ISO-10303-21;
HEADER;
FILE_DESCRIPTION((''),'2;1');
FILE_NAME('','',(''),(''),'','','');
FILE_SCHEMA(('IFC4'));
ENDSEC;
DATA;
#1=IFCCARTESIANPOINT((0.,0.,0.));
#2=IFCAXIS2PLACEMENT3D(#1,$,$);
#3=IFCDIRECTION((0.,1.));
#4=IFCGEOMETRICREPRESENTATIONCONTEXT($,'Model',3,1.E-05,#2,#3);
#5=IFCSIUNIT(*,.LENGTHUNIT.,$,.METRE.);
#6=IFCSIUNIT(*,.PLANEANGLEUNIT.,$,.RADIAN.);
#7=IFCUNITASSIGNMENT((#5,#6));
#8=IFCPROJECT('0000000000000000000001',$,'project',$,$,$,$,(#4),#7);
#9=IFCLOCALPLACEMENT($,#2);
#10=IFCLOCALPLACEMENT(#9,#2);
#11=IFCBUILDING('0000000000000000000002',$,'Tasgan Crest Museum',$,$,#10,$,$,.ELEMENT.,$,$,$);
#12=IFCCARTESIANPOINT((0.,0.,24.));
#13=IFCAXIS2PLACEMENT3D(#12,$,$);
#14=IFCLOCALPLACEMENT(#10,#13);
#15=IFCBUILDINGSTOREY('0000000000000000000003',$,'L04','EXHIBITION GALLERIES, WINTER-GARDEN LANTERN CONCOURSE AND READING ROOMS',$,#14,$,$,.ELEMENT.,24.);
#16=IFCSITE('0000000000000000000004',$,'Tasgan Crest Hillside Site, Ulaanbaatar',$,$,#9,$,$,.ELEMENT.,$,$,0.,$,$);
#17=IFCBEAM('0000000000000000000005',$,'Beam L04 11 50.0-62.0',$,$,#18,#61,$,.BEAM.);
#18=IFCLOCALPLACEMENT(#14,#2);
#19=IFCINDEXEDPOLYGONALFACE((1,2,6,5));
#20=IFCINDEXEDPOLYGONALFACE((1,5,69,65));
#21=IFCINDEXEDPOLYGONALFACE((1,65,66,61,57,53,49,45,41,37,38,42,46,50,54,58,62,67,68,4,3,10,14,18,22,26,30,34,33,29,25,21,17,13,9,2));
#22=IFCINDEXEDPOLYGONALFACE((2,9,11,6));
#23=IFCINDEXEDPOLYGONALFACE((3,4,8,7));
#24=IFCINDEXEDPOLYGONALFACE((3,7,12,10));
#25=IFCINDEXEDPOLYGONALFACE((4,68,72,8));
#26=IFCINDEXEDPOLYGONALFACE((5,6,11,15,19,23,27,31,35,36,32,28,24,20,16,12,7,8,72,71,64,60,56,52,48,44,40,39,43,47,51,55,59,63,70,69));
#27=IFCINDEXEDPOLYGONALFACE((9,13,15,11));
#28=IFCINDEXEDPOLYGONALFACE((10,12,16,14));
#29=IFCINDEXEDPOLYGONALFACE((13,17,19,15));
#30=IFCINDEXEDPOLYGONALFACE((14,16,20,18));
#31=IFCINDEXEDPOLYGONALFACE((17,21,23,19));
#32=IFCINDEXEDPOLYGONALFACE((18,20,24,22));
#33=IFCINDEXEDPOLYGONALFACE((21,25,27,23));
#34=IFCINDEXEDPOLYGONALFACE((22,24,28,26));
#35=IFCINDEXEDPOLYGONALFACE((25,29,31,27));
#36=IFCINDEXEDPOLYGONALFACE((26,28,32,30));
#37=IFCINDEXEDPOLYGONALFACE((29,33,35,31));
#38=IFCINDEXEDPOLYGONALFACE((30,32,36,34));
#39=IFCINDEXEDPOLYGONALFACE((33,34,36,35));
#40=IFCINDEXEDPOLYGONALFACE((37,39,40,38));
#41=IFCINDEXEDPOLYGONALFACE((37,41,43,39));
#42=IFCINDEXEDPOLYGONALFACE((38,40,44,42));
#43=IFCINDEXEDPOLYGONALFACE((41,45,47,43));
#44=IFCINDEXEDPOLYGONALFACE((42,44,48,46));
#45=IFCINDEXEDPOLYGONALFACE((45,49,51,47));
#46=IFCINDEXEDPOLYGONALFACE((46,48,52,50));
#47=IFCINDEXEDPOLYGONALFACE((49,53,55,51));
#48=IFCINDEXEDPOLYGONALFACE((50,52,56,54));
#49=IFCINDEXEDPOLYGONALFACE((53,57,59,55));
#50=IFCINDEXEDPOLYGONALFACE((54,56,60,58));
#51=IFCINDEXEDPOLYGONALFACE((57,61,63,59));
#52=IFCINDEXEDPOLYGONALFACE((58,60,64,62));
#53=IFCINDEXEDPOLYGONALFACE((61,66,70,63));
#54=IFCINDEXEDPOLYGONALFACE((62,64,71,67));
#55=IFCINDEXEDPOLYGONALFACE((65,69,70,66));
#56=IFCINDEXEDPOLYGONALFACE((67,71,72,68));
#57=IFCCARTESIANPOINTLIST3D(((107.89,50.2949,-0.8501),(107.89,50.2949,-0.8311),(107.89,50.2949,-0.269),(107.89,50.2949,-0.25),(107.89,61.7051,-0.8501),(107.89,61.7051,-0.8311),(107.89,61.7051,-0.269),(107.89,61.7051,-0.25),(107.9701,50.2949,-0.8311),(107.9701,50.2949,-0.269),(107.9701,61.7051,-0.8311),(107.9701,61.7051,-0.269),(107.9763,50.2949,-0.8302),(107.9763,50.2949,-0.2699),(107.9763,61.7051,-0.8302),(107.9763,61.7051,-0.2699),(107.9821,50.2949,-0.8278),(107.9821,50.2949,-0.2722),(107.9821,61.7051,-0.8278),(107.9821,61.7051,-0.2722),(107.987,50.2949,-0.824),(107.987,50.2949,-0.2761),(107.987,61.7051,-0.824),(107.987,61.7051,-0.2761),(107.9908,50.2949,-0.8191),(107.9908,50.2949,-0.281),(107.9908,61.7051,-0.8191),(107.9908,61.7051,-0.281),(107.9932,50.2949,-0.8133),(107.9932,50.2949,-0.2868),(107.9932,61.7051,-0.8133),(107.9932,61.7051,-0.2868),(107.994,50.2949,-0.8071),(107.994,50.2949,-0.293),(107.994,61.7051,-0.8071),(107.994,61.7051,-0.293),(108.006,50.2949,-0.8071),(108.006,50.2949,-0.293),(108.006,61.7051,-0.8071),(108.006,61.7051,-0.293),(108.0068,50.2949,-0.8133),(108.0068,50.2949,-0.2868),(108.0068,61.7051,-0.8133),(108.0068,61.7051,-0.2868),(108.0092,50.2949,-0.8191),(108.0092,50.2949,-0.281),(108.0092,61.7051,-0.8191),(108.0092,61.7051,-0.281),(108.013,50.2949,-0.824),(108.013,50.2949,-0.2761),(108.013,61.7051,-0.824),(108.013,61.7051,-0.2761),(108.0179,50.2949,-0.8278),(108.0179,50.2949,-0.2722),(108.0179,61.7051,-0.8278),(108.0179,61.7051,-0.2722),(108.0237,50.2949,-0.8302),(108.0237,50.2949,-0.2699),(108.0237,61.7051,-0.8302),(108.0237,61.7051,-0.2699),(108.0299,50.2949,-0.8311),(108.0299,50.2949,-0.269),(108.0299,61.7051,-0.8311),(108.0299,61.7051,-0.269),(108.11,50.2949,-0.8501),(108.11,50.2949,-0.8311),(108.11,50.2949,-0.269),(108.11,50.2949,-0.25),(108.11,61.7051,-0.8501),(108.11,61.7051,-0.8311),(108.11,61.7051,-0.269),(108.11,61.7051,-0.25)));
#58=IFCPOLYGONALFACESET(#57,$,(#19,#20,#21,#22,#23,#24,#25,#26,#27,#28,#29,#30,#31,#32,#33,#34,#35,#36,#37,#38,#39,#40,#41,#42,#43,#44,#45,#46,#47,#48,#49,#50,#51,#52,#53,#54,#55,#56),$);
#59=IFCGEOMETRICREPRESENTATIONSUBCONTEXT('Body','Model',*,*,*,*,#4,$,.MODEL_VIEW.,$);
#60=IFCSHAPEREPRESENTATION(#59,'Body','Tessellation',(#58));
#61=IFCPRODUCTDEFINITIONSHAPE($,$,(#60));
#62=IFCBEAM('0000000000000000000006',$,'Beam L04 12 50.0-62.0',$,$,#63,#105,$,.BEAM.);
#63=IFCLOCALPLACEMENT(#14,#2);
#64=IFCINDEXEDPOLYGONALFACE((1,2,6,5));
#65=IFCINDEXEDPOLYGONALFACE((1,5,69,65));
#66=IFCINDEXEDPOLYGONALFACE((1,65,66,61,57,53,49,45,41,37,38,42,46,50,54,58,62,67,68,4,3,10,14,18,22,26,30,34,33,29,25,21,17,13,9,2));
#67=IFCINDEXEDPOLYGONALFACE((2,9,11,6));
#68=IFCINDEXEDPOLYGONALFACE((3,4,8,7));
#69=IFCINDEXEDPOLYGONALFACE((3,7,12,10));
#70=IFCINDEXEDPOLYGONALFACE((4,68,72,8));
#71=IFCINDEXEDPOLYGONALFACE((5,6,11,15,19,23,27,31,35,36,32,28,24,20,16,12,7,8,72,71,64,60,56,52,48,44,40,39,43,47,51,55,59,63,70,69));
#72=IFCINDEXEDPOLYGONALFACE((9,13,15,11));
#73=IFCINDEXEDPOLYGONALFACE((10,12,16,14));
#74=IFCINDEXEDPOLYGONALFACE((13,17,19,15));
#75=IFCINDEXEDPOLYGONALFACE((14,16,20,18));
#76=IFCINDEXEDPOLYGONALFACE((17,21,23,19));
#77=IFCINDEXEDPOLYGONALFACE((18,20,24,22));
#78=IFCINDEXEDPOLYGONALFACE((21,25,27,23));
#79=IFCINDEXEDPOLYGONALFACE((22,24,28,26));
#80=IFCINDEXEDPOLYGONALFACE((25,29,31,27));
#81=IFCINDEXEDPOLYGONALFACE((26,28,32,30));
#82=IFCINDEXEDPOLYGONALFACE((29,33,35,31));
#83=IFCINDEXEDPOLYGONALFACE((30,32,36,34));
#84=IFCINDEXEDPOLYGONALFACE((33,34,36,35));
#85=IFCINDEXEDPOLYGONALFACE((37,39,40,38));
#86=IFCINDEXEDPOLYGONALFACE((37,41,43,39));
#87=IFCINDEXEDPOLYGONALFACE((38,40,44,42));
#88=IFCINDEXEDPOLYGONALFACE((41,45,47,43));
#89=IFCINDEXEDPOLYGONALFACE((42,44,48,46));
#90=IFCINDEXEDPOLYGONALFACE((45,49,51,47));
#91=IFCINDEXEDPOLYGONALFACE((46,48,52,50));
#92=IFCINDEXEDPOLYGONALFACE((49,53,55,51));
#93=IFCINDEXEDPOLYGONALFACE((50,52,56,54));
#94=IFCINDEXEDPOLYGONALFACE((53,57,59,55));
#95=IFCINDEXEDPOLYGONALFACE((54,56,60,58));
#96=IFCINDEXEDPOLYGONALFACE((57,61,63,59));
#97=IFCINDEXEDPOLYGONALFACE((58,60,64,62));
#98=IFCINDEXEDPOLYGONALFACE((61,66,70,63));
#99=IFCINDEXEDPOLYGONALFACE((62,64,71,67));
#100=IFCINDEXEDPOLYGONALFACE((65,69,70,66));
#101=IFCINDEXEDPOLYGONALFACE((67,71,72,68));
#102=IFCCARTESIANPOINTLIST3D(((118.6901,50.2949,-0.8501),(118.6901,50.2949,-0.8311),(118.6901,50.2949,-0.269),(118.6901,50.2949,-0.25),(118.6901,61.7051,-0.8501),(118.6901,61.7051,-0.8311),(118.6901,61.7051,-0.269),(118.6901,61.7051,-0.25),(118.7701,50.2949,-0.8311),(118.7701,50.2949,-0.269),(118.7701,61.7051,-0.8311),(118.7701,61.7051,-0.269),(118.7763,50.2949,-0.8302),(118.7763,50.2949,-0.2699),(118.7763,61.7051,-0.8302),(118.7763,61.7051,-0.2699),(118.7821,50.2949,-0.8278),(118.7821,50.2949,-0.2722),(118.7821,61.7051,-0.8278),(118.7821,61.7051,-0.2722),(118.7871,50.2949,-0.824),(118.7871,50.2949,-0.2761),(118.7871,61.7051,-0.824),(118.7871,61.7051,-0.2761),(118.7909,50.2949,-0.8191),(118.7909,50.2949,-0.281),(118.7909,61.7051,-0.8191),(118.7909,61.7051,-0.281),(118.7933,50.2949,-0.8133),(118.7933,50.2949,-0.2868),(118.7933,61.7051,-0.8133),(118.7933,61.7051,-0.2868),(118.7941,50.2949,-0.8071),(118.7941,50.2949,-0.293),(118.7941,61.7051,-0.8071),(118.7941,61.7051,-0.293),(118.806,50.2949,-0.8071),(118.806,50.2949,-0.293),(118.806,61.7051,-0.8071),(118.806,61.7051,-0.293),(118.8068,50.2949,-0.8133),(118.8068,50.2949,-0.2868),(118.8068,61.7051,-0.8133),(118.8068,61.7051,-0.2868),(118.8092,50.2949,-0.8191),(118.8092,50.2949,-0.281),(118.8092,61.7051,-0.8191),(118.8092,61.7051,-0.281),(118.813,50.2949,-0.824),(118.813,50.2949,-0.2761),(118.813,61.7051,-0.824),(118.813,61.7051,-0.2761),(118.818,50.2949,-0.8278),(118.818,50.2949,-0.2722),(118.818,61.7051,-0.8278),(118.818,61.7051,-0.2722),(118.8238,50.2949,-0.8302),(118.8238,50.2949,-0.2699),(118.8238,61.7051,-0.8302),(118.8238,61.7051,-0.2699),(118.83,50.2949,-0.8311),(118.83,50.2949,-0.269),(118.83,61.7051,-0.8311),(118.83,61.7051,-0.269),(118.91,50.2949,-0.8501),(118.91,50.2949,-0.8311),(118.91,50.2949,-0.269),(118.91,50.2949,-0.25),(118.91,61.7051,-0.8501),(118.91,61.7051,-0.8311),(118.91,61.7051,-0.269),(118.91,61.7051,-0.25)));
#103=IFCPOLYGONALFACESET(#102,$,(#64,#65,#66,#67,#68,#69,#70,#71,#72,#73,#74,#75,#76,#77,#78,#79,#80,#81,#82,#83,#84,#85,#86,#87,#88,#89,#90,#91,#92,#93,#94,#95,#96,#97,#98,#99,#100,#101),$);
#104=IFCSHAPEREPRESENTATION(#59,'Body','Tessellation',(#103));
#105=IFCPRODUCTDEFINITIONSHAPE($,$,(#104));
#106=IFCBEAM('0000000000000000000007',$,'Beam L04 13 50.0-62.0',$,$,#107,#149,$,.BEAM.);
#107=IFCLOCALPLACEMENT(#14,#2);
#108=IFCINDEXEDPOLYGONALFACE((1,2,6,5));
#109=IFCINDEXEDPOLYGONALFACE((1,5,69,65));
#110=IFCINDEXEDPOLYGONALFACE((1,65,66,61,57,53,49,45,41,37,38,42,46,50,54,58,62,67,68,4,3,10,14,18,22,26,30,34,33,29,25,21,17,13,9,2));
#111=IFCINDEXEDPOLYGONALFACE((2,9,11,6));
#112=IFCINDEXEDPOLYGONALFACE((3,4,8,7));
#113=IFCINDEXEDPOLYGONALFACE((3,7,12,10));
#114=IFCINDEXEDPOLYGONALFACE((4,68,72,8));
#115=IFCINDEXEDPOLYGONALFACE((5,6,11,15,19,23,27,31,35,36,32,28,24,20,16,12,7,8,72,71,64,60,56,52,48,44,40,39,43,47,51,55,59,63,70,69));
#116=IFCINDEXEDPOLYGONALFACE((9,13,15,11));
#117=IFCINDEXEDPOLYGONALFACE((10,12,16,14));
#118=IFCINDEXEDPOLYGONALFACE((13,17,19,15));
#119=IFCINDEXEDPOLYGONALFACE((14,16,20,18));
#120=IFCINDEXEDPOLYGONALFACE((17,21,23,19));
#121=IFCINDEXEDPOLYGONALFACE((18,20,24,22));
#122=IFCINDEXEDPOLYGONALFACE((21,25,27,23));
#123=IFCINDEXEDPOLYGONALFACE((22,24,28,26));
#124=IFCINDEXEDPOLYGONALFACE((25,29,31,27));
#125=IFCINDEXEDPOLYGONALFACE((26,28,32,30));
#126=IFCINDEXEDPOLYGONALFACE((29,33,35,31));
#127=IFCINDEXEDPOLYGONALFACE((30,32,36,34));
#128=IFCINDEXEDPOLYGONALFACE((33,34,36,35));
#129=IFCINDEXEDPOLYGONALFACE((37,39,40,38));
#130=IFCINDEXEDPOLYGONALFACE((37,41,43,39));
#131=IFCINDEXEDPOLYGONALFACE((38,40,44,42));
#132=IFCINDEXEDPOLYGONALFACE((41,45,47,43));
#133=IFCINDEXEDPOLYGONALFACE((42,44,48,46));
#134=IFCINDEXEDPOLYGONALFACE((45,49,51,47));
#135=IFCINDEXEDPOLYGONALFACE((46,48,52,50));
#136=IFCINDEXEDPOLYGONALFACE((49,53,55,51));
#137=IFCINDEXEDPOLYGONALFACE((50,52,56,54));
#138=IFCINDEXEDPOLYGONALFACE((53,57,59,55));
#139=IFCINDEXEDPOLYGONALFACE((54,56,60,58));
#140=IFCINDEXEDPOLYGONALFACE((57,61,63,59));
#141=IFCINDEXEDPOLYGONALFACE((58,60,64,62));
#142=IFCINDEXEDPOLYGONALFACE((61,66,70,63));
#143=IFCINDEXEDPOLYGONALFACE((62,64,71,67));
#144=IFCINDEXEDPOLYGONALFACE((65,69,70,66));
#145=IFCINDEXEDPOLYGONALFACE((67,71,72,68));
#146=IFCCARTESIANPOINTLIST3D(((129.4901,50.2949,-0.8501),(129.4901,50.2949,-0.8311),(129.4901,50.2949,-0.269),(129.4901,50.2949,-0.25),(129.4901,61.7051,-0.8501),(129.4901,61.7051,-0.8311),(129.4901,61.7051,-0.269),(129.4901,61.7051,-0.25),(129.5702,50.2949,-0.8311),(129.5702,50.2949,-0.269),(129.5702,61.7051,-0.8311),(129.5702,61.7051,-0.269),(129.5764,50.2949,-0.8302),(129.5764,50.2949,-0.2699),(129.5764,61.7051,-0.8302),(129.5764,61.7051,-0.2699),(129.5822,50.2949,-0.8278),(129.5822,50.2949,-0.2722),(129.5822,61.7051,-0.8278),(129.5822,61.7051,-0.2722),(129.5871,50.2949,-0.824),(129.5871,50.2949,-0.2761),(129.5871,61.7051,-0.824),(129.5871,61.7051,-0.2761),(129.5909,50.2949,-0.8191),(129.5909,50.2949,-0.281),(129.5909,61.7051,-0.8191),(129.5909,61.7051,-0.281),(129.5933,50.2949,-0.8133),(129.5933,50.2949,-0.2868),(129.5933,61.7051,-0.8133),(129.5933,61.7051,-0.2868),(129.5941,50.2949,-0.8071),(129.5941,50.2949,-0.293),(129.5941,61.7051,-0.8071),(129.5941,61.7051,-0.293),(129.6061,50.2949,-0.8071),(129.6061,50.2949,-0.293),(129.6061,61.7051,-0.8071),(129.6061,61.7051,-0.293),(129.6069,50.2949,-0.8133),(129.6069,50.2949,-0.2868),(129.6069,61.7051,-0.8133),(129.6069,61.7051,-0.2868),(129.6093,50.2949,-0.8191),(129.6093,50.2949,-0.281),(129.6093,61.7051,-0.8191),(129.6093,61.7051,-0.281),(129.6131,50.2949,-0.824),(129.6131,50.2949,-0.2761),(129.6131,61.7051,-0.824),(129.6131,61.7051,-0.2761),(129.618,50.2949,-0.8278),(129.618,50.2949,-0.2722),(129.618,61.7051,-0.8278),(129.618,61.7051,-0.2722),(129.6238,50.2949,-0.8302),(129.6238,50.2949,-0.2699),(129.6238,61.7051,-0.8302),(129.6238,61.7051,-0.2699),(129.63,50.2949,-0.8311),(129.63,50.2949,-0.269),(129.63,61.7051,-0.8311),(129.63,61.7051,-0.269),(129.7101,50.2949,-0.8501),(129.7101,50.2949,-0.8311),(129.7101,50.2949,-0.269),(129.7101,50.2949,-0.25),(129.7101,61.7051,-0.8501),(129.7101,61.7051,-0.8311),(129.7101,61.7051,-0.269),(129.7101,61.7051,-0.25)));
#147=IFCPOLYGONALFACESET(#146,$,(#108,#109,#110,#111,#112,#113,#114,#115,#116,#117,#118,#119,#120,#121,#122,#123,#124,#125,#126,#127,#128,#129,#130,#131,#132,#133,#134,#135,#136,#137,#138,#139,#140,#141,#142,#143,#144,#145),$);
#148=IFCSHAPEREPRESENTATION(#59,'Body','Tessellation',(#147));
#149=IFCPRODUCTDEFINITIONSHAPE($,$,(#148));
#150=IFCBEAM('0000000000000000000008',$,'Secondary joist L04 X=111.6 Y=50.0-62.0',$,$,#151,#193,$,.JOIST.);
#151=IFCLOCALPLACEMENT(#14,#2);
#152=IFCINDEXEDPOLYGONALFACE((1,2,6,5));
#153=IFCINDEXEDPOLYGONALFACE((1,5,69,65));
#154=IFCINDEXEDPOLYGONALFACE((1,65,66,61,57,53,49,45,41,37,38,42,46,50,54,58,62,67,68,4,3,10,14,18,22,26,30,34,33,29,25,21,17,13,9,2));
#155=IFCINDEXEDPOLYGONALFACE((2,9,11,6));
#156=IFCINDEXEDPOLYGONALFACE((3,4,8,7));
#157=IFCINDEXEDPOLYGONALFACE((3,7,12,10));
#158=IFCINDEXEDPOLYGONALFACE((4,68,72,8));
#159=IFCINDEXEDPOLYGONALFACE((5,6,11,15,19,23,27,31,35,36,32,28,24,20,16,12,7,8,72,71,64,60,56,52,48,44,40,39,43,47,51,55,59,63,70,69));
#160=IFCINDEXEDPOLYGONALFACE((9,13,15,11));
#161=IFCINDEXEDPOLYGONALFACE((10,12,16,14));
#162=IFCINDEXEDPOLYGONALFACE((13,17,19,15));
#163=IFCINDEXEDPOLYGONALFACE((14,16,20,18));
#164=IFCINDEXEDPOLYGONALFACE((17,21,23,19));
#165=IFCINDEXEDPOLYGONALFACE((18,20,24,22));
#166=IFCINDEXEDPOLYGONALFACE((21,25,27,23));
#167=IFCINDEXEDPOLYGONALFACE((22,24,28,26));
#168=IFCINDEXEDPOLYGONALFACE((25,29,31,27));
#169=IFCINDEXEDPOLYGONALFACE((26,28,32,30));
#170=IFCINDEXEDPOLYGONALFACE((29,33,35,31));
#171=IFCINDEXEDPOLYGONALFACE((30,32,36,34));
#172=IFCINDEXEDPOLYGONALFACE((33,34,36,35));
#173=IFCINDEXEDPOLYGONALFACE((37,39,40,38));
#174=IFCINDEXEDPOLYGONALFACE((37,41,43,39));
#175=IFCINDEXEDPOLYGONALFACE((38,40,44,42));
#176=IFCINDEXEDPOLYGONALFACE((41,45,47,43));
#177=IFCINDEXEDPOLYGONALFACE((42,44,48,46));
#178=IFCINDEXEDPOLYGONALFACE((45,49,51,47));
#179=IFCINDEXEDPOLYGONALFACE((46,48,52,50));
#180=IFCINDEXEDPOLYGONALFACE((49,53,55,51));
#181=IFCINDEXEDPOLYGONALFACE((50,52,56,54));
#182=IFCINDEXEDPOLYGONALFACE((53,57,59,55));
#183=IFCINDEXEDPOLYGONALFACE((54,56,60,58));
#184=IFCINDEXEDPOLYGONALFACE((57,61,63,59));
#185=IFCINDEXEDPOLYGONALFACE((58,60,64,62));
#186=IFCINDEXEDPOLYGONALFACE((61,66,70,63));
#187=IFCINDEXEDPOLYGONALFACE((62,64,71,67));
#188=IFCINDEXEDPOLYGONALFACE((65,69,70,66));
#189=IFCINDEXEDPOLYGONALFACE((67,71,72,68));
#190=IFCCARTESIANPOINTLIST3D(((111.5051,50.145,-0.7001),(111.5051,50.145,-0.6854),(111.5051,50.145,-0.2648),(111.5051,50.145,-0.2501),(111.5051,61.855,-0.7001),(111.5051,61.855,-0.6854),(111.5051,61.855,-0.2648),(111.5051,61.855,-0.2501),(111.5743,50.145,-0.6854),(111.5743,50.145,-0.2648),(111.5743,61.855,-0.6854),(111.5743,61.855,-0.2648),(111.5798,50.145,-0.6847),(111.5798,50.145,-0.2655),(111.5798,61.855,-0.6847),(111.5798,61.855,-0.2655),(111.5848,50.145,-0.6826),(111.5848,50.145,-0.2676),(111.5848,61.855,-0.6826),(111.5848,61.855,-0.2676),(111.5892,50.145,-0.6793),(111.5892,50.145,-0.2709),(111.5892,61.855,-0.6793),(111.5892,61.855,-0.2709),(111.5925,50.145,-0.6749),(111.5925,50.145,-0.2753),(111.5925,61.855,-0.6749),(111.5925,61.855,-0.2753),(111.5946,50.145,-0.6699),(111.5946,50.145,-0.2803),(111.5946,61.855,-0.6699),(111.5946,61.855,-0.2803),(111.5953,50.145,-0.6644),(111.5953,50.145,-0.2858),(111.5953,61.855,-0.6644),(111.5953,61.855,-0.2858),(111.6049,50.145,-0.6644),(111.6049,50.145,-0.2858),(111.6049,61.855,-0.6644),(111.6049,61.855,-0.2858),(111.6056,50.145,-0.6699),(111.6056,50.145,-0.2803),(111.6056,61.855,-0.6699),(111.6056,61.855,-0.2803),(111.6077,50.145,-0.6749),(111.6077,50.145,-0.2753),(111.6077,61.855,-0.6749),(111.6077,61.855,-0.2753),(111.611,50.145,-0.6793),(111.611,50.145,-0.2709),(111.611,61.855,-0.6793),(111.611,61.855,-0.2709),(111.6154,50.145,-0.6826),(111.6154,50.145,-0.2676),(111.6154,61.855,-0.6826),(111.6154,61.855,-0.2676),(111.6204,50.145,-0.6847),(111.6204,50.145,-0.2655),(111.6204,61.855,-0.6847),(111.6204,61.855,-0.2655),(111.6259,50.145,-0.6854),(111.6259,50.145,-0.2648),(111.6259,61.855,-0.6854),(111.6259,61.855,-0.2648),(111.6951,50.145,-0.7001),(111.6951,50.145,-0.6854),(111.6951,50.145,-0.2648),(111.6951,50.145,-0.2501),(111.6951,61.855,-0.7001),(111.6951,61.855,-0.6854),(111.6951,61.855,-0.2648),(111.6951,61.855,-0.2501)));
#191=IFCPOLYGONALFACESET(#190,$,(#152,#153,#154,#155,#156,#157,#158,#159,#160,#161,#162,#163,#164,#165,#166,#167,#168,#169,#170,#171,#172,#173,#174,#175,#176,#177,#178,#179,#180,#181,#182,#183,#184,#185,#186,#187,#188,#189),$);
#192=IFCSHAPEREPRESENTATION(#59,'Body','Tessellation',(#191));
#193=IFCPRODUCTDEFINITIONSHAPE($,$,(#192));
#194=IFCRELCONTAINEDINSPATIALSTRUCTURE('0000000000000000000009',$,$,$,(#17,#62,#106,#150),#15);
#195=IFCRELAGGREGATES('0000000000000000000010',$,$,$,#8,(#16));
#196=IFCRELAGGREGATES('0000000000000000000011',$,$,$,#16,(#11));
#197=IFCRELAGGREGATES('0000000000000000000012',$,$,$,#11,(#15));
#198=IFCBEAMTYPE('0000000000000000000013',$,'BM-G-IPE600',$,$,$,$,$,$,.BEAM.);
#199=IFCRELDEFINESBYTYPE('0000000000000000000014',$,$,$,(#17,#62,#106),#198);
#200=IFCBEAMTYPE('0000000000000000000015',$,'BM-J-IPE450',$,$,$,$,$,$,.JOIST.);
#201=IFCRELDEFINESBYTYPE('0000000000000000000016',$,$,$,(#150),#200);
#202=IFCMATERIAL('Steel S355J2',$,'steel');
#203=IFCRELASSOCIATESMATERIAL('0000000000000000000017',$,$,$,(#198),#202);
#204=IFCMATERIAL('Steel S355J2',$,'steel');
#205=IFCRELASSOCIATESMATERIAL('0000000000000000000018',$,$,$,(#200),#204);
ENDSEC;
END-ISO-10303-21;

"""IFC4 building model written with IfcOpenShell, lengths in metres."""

from ifc_helpers import new_model, si_unit, direction, frame, origin, origin_2d, place, context, subcontext, project, spatial, i_section, extrude, material, material_profile, profile_set, type_object, element, save


model = new_model("IFC4")

# Units and contexts
model_context = context("Model", 3, precision=1e-05, world=origin(), true_north=direction((0.0, 1.0)))
body_context = subcontext(model_context, "Body", "Model", "MODEL_VIEW")
ifc_project = project(units=[si_unit("LENGTHUNIT", "METRE"), si_unit("PLANEANGLEUNIT", "RADIAN")], contexts=[model_context])

# Site, building, storey
site_placement = place(None, origin())
site = spatial("IfcSite", under=ifc_project, at=site_placement, Name="Tasgan Crest Hillside Site, Ulaanbaatar", CompositionType="ELEMENT", RefElevation=0.0)
building_placement = place(site_placement, origin())
building = spatial("IfcBuilding", under=site, at=building_placement, Name="Tasgan Crest Museum", CompositionType="ELEMENT")
storey_placement = place(building_placement, frame((0.0, 0.0, 24.0)))
storey = spatial("IfcBuildingStorey", under=building, at=storey_placement, Name="L04", Description="EXHIBITION GALLERIES, WINTER-GARDEN LANTERN CONCOURSE AND READING ROOMS", CompositionType="ELEMENT", Elevation=24.0)

# Beams
ifc_material_1 = material(Name="Steel S355J2", Category="steel")
ifc_material_profile_1 = material_profile(ifc_material_1, i_section(OverallWidth=0.22, OverallDepth=0.6001, WebThickness=0.012, FlangeThickness=0.019, FilletRadius=0.0239, at=origin_2d()), Name="IPE 600")
ifc_profile_set_1 = profile_set([ifc_material_profile_1], Name="Steel S355J2")
beam_type_1 = type_object("IfcBeamType", Name="BM-G-IPE600", PredefinedType="BEAM", material=ifc_profile_set_1)
for number, where, z_axis, x_axis, name in (
    (1, (108.0, 50.2949, -0.55), (0.0, 1.0, 0.0), (-1.0, 0.0, 0.0), "Beam L04 11 50.0-62.0"),
    (2, (118.8, 50.2949, -0.55), (0.0, 1.0, 0.0), (-1.0, 0.0, 0.0), "Beam L04 12 50.0-62.0"),
    (3, (129.6001, 50.2949, -0.55), (0.0, 1.0, 0.0), (-1.0, 0.0, 0.0), "Beam L04 13 50.0-62.0"),
):
    element("IfcBeam", number, at=place(storey_placement, frame(where, z_axis=z_axis, x_axis=x_axis)), inside=storey, type_object=beam_type_1, Name=name, PredefinedType="BEAM", context=body_context, shape_type="SweptSolid", body=[
        extrude(i_section(OverallWidth=0.22, OverallDepth=0.6001, WebThickness=0.012, FlangeThickness=0.019, FilletRadius=0.0239, at=origin_2d()), origin(), (0.0, 0.0, 1.0), 11.4102),
    ])
ifc_material_2 = material(Name="Steel S355J2", Category="steel")
ifc_material_profile_2 = material_profile(ifc_material_2, i_section(OverallWidth=0.1899, OverallDepth=0.45, WebThickness=0.0095, FlangeThickness=0.0146, FilletRadius=0.021, at=origin_2d()), Name="IPE 450")
ifc_profile_set_2 = profile_set([ifc_material_profile_2], Name="Steel S355J2")
beam_type_2 = type_object("IfcBeamType", Name="BM-J-IPE450", PredefinedType="JOIST", material=ifc_profile_set_2)
for number, where, z_axis, x_axis, name in (
    (4, (111.6001, 50.145, -0.4751), (0.0, 1.0, 0.0), (-1.0, 0.0, 0.0), "Secondary joist L04 X=111.6 Y=50.0-62.0"),
):
    element("IfcBeam", number, at=place(storey_placement, frame(where, z_axis=z_axis, x_axis=x_axis)), inside=storey, type_object=beam_type_2, Name=name, PredefinedType="JOIST", context=body_context, shape_type="SweptSolid", body=[
        extrude(i_section(OverallWidth=0.1899, OverallDepth=0.45, WebThickness=0.0095, FlangeThickness=0.0146, FilletRadius=0.021, at=origin_2d()), origin(), (0.0, 0.0, 1.0), 11.71),
    ])

save(model, "model.ifc")
